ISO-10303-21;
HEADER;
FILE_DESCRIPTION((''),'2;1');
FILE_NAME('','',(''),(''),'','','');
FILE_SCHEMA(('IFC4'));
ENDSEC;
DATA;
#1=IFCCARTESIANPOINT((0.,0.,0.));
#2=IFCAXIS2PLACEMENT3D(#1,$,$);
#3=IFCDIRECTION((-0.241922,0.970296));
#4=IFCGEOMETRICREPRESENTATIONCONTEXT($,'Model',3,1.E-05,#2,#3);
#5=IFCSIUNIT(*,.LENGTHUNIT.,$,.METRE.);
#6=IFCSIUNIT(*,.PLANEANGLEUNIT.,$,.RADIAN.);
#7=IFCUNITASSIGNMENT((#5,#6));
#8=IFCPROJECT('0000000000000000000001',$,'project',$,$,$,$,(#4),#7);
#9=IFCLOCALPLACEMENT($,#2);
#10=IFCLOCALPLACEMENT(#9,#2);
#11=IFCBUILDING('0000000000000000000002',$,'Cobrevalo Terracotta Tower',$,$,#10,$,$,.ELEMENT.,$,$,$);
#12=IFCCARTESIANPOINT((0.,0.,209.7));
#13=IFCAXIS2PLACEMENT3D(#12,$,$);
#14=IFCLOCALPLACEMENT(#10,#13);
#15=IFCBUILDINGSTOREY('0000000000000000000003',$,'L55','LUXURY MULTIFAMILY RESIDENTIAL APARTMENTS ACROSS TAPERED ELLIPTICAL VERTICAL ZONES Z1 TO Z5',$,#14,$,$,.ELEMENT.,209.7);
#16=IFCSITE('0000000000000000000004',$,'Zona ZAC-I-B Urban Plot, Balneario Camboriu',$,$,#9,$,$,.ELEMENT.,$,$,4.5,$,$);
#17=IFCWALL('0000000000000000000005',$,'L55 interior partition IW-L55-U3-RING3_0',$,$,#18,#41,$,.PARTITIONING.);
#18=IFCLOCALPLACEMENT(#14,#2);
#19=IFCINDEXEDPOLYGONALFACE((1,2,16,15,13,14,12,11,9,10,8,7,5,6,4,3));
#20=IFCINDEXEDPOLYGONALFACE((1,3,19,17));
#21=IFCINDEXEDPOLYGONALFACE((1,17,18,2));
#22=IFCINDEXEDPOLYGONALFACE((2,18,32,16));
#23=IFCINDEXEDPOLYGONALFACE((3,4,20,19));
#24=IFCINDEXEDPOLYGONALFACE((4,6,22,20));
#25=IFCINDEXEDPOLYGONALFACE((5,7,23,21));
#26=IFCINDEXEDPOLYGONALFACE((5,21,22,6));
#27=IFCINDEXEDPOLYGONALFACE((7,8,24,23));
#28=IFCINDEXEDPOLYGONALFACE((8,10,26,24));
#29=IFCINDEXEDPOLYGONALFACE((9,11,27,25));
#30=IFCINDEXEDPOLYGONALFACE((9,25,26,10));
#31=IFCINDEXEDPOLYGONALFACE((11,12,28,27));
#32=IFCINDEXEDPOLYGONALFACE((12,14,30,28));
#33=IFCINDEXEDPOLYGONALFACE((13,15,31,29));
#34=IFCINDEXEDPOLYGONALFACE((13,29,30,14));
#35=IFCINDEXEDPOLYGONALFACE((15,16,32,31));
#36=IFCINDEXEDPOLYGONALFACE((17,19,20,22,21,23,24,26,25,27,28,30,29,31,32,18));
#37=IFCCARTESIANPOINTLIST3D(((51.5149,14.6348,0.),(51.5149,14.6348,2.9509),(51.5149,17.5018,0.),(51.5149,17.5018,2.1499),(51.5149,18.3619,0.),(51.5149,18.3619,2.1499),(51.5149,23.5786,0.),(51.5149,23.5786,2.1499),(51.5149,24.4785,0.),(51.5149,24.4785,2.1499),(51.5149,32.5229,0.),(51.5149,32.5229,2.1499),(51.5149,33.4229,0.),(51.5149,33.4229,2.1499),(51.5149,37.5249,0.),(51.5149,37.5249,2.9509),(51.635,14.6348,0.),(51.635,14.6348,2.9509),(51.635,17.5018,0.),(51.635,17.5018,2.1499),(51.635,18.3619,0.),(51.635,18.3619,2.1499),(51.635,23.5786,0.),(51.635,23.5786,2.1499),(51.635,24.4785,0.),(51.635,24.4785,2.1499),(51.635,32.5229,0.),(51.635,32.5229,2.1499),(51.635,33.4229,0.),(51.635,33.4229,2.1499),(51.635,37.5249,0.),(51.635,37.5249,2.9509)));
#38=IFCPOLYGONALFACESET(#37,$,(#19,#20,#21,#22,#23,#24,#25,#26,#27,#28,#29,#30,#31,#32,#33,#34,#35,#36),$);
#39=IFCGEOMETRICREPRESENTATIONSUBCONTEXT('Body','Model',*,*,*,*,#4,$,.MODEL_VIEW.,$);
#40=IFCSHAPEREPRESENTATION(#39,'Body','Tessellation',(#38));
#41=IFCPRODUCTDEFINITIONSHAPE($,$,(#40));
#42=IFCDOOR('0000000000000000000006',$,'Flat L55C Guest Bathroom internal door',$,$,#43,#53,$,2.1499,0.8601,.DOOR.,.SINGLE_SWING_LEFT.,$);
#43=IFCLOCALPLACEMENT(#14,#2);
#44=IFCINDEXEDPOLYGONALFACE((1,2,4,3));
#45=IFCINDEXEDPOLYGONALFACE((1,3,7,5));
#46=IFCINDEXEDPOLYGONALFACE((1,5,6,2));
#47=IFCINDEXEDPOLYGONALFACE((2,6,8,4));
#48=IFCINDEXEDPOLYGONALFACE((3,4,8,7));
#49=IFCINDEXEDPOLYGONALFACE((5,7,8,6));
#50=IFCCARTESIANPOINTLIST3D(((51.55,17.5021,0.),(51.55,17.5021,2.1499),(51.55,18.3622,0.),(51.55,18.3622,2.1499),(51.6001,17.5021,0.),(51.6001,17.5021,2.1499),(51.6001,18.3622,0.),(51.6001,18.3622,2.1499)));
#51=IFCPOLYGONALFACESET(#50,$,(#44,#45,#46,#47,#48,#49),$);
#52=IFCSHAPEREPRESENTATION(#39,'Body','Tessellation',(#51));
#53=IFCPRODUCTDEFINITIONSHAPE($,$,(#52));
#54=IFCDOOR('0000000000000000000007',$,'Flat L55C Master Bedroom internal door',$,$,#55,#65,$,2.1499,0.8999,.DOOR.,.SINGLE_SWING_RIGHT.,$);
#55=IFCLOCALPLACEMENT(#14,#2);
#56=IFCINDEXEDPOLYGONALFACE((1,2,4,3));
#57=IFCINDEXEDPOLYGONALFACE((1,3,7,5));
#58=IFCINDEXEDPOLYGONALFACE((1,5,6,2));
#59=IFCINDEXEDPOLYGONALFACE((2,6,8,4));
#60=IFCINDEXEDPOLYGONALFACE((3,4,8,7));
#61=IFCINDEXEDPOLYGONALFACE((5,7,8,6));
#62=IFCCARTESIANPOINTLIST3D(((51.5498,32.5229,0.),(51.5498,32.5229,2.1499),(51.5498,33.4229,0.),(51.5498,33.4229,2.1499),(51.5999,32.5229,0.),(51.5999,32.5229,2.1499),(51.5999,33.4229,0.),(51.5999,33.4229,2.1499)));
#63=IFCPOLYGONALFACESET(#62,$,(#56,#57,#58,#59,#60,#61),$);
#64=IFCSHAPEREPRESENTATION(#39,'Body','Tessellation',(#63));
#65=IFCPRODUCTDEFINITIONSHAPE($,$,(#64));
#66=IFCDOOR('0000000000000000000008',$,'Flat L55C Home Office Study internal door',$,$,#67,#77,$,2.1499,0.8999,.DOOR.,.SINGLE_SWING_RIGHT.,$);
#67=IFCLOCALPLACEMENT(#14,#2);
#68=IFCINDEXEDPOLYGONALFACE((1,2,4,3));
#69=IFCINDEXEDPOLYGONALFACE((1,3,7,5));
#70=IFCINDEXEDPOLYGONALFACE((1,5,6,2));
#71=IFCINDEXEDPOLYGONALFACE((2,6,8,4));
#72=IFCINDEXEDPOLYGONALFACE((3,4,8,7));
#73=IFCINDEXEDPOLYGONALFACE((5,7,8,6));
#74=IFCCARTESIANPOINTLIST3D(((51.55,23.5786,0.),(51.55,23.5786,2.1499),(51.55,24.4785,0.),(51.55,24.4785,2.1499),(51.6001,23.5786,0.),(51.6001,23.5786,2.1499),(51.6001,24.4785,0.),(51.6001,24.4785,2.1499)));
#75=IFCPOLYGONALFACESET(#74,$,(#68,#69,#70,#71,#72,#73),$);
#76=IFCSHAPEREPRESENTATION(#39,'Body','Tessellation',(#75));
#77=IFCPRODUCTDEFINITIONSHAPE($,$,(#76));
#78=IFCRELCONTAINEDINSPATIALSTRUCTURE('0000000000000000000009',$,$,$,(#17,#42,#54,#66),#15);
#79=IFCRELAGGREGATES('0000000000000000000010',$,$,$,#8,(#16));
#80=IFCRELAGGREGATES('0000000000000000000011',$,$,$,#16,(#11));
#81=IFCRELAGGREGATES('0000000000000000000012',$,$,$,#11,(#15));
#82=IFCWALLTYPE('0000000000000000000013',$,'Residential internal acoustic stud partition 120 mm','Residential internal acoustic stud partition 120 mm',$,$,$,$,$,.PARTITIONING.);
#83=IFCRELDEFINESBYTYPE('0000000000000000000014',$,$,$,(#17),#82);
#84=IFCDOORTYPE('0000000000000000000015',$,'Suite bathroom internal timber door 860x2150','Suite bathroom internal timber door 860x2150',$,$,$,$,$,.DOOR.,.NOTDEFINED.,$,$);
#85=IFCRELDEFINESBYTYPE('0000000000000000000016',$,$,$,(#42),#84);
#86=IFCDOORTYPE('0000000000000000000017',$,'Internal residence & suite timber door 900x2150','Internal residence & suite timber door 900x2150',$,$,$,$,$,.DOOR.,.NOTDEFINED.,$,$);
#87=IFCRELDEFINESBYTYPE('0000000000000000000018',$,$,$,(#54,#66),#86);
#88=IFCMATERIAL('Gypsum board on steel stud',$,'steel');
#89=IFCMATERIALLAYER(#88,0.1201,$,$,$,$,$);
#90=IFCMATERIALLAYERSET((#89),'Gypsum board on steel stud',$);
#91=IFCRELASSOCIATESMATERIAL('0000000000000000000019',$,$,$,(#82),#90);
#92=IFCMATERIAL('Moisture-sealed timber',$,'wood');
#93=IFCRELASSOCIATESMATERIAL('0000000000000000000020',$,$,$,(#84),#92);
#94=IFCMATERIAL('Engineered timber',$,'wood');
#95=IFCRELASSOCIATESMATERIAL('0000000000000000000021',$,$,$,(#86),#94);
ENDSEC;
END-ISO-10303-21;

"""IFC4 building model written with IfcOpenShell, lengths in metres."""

from ifc_helpers import new_model, si_unit, direction, frame, frame_2d, origin, place, context, subcontext, project, spatial, rectangle, extrude, source, transform, mapped, material, layer, layer_set, type_object, element, fill, save


model = new_model("IFC4")

# Units and contexts
model_context = context("Model", 3, precision=1e-05, world=origin(), true_north=direction((-0.241922, 0.970296)))
body_context = subcontext(model_context, "Body", "Model", "MODEL_VIEW")
ifc_project = project(units=[si_unit("LENGTHUNIT", "METRE"), si_unit("PLANEANGLEUNIT", "RADIAN")], contexts=[model_context])

# Site, building, storey
site_placement = place(None, origin())
site = spatial("IfcSite", under=ifc_project, at=site_placement, Name="Zona ZAC-I-B Urban Plot, Balneario Camboriu", CompositionType="ELEMENT", RefElevation=4.5)
building_placement = place(site_placement, origin())
building = spatial("IfcBuilding", under=site, at=building_placement, Name="Cobrevalo Terracotta Tower", CompositionType="ELEMENT")
storey_placement = place(building_placement, frame((0.0, 0.0, 209.7)))
storey = spatial("IfcBuildingStorey", under=building, at=storey_placement, Name="L55", Description="LUXURY MULTIFAMILY RESIDENTIAL APARTMENTS ACROSS TAPERED ELLIPTICAL VERTICAL ZONES Z1 TO Z5", CompositionType="ELEMENT", Elevation=209.7)

# Wall, openings, doors
ifc_material_1 = material(Name="Gypsum board on steel stud", Category="steel")
ifc_layer_1 = layer(ifc_material_1, 0.1201)
ifc_layer_set_1 = layer_set([ifc_layer_1], Name="Gypsum board on steel stud")
wall_type_1 = type_object("IfcWallType", Name="Residential internal acoustic stud partition 120 mm", Description="Residential internal acoustic stud partition 120 mm", PredefinedType="PARTITIONING", material=ifc_layer_set_1)
wall_1_placement = place(storey_placement, frame((51.575, 37.5249, 0.0), z_axis=(0.0, 0.0, 1.0), x_axis=(0.0, -1.0, 0.0)))
wall_1 = element("IfcWall", 1, at=wall_1_placement, inside=storey, type_object=wall_type_1, Name="L55 interior partition IW-L55-U3-RING3_0", PredefinedType="PARTITIONING", context=body_context, shape_type="SweptSolid", body=[
    extrude(rectangle(XDim=22.8901, YDim=0.1201, at=frame_2d((11.4451, 0.0))), origin(), (0.0, 0.0, 1.0), 2.9509),
])
opening_1_placement = place(wall_1_placement, frame((4.1021, 0.0, 0.0)))
opening_1 = element("IfcOpeningElement", 2, at=opening_1_placement, cuts=wall_1, PredefinedType="OPENING", context=body_context, shape_type="SweptSolid", body=[
    extrude(rectangle(XDim=0.8999, YDim=2.1499, at=frame_2d((0.45, 1.075))), frame((0.0, 0.0701, 0.0), z_axis=(0.0, -1.0, 0.0), x_axis=(1.0, 0.0, 0.0)), (0.0, 0.0, 1.0), 0.1401),
])
opening_2_placement = place(wall_1_placement, frame((19.1628, 0.0, 0.0)))
opening_2 = element("IfcOpeningElement", 3, at=opening_2_placement, cuts=wall_1, PredefinedType="OPENING", context=body_context, shape_type="SweptSolid", body=[
    extrude(rectangle(XDim=0.8601, YDim=2.1499, at=frame_2d((0.4302, 1.075))), frame((0.0, 0.0701, 0.0), z_axis=(0.0, -1.0, 0.0), x_axis=(1.0, 0.0, 0.0)), (0.0, 0.0, 1.0), 0.1401),
])
opening_3_placement = place(wall_1_placement, frame((13.0464, 0.0, 0.0)))
opening_3 = element("IfcOpeningElement", 4, at=opening_3_placement, cuts=wall_1, PredefinedType="OPENING", context=body_context, shape_type="SweptSolid", body=[
    extrude(rectangle(XDim=0.8999, YDim=2.1499, at=frame_2d((0.45, 1.075))), frame((0.0, 0.0701, 0.0), z_axis=(0.0, -1.0, 0.0), x_axis=(1.0, 0.0, 0.0)), (0.0, 0.0, 1.0), 0.1401),
])
ifc_material_2 = material(Name="Moisture-sealed timber", Category="wood")
door_type_1 = type_object("IfcDoorType", Name="Suite bathroom internal timber door 860x2150", Description="Suite bathroom internal timber door 860x2150", OperationType="NOTDEFINED", PredefinedType="DOOR", material=ifc_material_2)
shared_shape_1 = source(origin(), body_context, "Body", "SweptSolid", [
    extrude(rectangle(XDim=0.8601, YDim=2.1499, at=frame_2d((0.4302, 1.075))), frame((0.0, 0.0249, 0.0), z_axis=(0.0, -1.0, 0.0), x_axis=(1.0, 0.0, 0.0)), (0.0, 0.0, 1.0), 0.05),
])
door_1_placement = place(opening_2_placement, frame((0.8601, 0.0, 0.0), z_axis=(0.0, 0.0, 1.0), x_axis=(-1.0, 0.0, 0.0)))
door_1 = element("IfcDoor", 5, at=door_1_placement, inside=storey, type_object=door_type_1, Name="Flat L55C Guest Bathroom internal door", OperationType="SINGLE_SWING_LEFT", OverallHeight=2.1499, OverallWidth=0.8601, PredefinedType="DOOR", context=body_context, shape_type="MappedRepresentation", body=[
    mapped(shared_shape_1, transform((0.0, 0.0, 0.0), scale=1.0)),
])
fill(opening_2, door_1)
ifc_material_3 = material(Name="Engineered timber", Category="wood")
door_type_2 = type_object("IfcDoorType", Name="Internal residence & suite timber door 900x2150", Description="Internal residence & suite timber door 900x2150", OperationType="NOTDEFINED", PredefinedType="DOOR", material=ifc_material_3)
shared_shape_2 = source(origin(), body_context, "Body", "SweptSolid", [
    extrude(rectangle(XDim=0.8999, YDim=2.1499, at=frame_2d((0.45, 1.075))), frame((0.0, 0.0249, 0.0), z_axis=(0.0, -1.0, 0.0), x_axis=(1.0, 0.0, 0.0)), (0.0, 0.0, 1.0), 0.05),
])
door_2_placement = place(opening_1_placement, origin())
door_2 = element("IfcDoor", 6, at=door_2_placement, inside=storey, type_object=door_type_2, Name="Flat L55C Master Bedroom internal door", OperationType="SINGLE_SWING_RIGHT", OverallHeight=2.1499, OverallWidth=0.8999, PredefinedType="DOOR", context=body_context, shape_type="MappedRepresentation", body=[
    mapped(shared_shape_2, transform((0.0, 0.0, 0.0), scale=1.0)),
])
fill(opening_1, door_2)
door_3_placement = place(opening_3_placement, frame((0.8999, 0.0, 0.0), z_axis=(0.0, 0.0, 1.0), x_axis=(-1.0, 0.0, 0.0)))
door_3 = element("IfcDoor", 7, at=door_3_placement, inside=storey, type_object=door_type_2, Name="Flat L55C Home Office Study internal door", OperationType="SINGLE_SWING_RIGHT", OverallHeight=2.1499, OverallWidth=0.8999, PredefinedType="DOOR", context=body_context, shape_type="MappedRepresentation", body=[
    mapped(shared_shape_2, transform((0.0, 0.0, 0.0), scale=1.0)),
])
fill(opening_3, door_3)

save(model, "model.ifc")
